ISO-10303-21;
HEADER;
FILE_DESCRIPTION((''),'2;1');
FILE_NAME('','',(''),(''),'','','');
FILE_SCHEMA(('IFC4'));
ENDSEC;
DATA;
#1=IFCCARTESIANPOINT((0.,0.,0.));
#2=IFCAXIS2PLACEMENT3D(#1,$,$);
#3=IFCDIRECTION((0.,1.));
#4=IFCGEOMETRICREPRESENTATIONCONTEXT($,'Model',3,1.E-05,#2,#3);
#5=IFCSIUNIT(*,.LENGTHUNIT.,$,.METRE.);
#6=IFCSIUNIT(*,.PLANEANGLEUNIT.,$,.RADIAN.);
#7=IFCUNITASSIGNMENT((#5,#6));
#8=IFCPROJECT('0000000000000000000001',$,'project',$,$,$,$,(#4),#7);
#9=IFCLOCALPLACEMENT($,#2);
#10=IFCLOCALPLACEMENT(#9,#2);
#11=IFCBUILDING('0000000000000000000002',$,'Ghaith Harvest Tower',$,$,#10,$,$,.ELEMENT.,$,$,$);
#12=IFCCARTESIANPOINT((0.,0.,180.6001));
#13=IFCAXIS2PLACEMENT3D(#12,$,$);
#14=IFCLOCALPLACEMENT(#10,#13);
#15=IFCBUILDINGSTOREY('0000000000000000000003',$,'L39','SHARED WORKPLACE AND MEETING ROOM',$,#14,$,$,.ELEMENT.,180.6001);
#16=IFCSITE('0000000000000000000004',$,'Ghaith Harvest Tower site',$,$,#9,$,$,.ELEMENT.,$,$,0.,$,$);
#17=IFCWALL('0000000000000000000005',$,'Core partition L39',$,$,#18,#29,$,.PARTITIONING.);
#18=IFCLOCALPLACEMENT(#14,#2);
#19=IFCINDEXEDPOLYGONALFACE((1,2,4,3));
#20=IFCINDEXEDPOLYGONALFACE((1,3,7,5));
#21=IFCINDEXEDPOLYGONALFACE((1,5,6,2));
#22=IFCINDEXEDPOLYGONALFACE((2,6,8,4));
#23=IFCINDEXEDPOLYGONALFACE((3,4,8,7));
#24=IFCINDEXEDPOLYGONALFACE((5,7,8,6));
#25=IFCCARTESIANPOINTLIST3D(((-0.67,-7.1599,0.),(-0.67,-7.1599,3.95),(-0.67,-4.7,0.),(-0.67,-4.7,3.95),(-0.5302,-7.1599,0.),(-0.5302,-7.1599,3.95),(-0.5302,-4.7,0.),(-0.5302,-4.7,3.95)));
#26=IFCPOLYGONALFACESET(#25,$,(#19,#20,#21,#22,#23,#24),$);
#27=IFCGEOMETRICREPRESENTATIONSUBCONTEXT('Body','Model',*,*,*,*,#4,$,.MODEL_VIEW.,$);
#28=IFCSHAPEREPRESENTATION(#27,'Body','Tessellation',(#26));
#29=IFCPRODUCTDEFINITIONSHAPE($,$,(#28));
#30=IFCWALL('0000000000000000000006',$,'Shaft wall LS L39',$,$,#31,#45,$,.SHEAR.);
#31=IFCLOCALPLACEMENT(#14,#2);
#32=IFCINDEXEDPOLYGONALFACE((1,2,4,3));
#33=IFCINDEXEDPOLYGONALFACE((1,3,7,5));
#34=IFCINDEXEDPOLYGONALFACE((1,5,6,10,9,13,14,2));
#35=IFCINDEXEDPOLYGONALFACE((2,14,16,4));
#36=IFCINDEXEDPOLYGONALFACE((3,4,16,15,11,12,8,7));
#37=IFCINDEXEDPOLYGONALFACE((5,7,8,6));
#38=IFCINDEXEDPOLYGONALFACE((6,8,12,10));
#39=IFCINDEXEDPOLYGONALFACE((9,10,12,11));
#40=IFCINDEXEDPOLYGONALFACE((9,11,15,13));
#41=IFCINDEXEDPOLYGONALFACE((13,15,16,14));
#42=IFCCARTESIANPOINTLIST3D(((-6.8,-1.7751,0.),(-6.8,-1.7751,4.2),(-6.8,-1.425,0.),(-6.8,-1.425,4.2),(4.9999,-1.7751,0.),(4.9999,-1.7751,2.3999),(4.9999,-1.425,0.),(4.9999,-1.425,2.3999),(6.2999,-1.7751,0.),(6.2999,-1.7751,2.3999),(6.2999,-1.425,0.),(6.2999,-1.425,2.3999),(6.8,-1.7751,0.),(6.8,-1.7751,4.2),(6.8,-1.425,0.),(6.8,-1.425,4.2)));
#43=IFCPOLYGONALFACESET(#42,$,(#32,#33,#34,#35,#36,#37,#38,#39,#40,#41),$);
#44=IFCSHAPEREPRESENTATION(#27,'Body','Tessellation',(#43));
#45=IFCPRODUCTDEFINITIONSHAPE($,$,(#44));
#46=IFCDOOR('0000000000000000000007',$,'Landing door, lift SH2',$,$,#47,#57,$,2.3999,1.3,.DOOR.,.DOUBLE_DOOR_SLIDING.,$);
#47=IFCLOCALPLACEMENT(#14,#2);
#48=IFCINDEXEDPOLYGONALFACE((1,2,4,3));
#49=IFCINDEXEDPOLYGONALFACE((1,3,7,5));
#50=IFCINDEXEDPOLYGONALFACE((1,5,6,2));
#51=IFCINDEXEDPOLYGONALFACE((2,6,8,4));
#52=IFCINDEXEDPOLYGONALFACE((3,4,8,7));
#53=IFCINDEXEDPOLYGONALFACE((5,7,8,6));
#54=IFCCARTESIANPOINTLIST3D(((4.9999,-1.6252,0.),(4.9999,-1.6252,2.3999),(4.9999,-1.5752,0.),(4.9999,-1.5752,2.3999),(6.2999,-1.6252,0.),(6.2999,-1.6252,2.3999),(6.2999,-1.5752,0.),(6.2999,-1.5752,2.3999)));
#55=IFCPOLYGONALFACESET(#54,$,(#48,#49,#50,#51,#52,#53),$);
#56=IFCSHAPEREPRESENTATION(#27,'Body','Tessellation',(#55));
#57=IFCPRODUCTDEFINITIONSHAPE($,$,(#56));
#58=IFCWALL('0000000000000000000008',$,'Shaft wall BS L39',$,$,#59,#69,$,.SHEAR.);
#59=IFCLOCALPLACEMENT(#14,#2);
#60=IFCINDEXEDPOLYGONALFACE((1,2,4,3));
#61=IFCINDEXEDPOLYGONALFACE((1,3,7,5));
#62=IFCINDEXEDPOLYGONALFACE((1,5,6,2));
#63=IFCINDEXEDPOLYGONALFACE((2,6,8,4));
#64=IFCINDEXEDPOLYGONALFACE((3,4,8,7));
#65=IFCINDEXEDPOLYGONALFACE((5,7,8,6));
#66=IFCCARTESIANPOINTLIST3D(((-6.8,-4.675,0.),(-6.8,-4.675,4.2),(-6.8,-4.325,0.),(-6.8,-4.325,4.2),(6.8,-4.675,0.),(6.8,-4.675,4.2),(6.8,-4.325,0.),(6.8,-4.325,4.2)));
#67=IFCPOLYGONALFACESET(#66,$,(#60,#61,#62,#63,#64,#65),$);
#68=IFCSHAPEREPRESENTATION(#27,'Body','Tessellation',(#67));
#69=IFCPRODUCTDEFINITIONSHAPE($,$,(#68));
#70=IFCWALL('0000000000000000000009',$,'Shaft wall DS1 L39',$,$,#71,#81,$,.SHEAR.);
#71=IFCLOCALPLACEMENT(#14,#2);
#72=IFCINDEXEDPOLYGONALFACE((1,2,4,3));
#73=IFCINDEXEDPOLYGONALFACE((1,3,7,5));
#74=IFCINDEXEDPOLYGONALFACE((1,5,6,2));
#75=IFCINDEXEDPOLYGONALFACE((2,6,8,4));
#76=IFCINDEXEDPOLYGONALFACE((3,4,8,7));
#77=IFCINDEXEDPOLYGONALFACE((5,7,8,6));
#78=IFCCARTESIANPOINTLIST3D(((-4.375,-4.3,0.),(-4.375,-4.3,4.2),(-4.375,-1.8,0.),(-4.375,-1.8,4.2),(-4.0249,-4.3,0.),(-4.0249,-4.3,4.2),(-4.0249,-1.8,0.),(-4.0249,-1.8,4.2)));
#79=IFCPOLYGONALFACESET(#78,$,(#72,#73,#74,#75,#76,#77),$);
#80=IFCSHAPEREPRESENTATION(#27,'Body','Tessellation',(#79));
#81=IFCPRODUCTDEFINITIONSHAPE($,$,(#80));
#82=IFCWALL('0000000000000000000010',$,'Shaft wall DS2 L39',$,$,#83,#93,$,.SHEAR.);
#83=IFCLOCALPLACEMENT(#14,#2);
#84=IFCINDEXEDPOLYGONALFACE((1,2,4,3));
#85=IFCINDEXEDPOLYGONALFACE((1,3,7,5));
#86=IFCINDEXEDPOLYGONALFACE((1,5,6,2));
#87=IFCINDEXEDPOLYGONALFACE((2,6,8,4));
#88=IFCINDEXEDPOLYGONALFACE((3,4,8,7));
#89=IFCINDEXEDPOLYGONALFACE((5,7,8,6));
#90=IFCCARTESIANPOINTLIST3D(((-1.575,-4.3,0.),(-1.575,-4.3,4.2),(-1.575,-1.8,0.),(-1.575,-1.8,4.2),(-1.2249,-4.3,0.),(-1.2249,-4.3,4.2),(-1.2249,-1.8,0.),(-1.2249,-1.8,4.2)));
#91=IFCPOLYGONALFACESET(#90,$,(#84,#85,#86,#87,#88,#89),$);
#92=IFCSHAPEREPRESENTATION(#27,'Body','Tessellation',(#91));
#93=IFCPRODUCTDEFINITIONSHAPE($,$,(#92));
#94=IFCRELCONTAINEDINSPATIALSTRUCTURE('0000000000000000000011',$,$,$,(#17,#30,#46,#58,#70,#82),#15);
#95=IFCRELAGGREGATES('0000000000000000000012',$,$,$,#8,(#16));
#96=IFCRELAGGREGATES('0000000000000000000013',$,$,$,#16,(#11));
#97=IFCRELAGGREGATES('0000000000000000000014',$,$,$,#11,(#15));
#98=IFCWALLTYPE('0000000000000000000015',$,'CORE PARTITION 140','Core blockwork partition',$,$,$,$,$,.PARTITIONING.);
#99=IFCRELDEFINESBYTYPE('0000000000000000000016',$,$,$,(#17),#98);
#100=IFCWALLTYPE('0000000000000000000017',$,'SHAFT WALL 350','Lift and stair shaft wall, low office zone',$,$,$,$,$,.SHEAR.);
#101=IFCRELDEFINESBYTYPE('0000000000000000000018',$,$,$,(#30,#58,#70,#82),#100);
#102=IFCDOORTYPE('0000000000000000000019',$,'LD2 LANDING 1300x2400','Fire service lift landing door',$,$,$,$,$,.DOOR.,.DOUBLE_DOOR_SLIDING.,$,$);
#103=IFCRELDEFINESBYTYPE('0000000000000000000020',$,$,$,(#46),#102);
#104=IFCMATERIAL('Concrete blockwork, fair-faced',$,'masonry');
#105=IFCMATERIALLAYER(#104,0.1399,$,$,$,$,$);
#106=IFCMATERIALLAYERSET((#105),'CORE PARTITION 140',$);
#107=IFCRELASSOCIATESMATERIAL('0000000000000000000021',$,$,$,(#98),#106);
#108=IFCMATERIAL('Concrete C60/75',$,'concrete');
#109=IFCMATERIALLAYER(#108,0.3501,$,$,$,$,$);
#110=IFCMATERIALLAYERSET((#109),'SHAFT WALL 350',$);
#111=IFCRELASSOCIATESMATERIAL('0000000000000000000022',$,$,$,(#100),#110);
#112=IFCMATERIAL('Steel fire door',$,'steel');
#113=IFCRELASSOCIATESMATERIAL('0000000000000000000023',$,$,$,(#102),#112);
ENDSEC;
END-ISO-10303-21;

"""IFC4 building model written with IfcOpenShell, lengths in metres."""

from ifc_helpers import new_model, si_unit, direction, frame, frame_2d, origin, place, context, subcontext, project, spatial, rectangle, extrude, material, layer, layer_set, type_object, element, fill, save


model = new_model("IFC4")

# Units and contexts
model_context = context("Model", 3, precision=1e-05, world=origin(), true_north=direction((0.0, 1.0)))
body_context = subcontext(model_context, "Body", "Model", "MODEL_VIEW")
ifc_project = project(units=[si_unit("LENGTHUNIT", "METRE"), si_unit("PLANEANGLEUNIT", "RADIAN")], contexts=[model_context])

# Site, building, storey
site_placement = place(None, origin())
site = spatial("IfcSite", under=ifc_project, at=site_placement, Name="Ghaith Harvest Tower site", CompositionType="ELEMENT", RefElevation=0.0)
building_placement = place(site_placement, origin())
building = spatial("IfcBuilding", under=site, at=building_placement, Name="Ghaith Harvest Tower", CompositionType="ELEMENT")
storey_placement = place(building_placement, frame((0.0, 0.0, 180.6001)))
storey = spatial("IfcBuildingStorey", under=building, at=storey_placement, Name="L39", Description="SHARED WORKPLACE AND MEETING ROOM", CompositionType="ELEMENT", Elevation=180.6001)

# Shared definitions
ifc_material_1 = material(Name="Concrete blockwork, fair-faced", Category="masonry")
ifc_layer_1 = layer(ifc_material_1, 0.1399)
ifc_layer_set_1 = layer_set([ifc_layer_1], Name="CORE PARTITION 140")
wall_type_1 = type_object("IfcWallType", Name="CORE PARTITION 140", Description="Core blockwork partition", PredefinedType="PARTITIONING", material=ifc_layer_set_1)

# Wall
for number, where, z_axis, x_axis, name in (
    (1, (-0.6001, -4.7, 0.0), (0.0, 0.0, 1.0), (0.0, -1.0, 0.0), "Core partition L39"),
):
    element("IfcWall", number, at=place(storey_placement, frame(where, z_axis=z_axis, x_axis=x_axis)), inside=storey, type_object=wall_type_1, Name=name, PredefinedType="PARTITIONING", context=body_context, shape_type="SweptSolid", body=[
        extrude(rectangle(XDim=2.46, YDim=0.1399, at=frame_2d((1.23, 0.0))), origin(), (0.0, 0.0, 1.0), 3.95),
    ])

# Wall, opening, door
ifc_material_2 = material(Name="Concrete C60/75", Category="concrete")
ifc_layer_2 = layer(ifc_material_2, 0.3501)
ifc_layer_set_2 = layer_set([ifc_layer_2], Name="SHAFT WALL 350")
wall_type_2 = type_object("IfcWallType", Name="SHAFT WALL 350", Description="Lift and stair shaft wall, low office zone", PredefinedType="SHEAR", material=ifc_layer_set_2)
wall_1_placement = place(storey_placement, frame((-6.8, -1.6001, 0.0), z_axis=(0.0, 0.0, 1.0), x_axis=(1.0, 0.0, 0.0)))
wall_1 = element("IfcWall", 2, at=wall_1_placement, inside=storey, type_object=wall_type_2, Name="Shaft wall LS L39", PredefinedType="SHEAR", context=body_context, shape_type="SweptSolid", body=[
    extrude(rectangle(XDim=13.6001, YDim=0.3501, at=frame_2d((6.8, 0.0))), origin(), (0.0, 0.0, 1.0), 4.2),
])
opening_1_placement = place(wall_1_placement, frame((11.8, 0.0, 0.0)))
opening_1 = element("IfcOpeningElement", 3, at=opening_1_placement, cuts=wall_1, PredefinedType="OPENING", context=body_context, shape_type="SweptSolid", body=[
    extrude(rectangle(XDim=1.3, YDim=2.3999, at=frame_2d((0.6499, 1.2))), frame((0.0, 0.1851, 0.0), z_axis=(0.0, -1.0, 0.0), x_axis=(1.0, 0.0, 0.0)), (0.0, 0.0, 1.0), 0.3701),
])
ifc_material_3 = material(Name="Steel fire door", Category="steel")
door_type_1 = type_object("IfcDoorType", Name="LD2 LANDING 1300x2400", Description="Fire service lift landing door", OperationType="DOUBLE_DOOR_SLIDING", PredefinedType="DOOR", material=ifc_material_3)
door_1_placement = place(opening_1_placement, origin())
door_1 = element("IfcDoor", 4, at=door_1_placement, inside=storey, type_object=door_type_1, Name="Landing door, lift SH2", OperationType="DOUBLE_DOOR_SLIDING", OverallHeight=2.3999, OverallWidth=1.3, PredefinedType="DOOR", context=body_context, shape_type="SweptSolid", body=[
    extrude(rectangle(XDim=1.3, YDim=2.3999, at=frame_2d((0.6499, 1.2))), frame((0.0, 0.0249, 0.0), z_axis=(0.0, -1.0, 0.0), x_axis=(1.0, 0.0, 0.0)), (0.0, 0.0, 1.0), 0.05),
])
fill(opening_1, door_1)

# Walls
wall_2_placement = place(storey_placement, frame((-6.8, -4.5, 0.0), z_axis=(0.0, 0.0, 1.0), x_axis=(1.0, 0.0, 0.0)))
element("IfcWall", 5, at=wall_2_placement, inside=storey, type_object=wall_type_2, Name="Shaft wall BS L39", PredefinedType="SHEAR", context=body_context, shape_type="SweptSolid", body=[
    extrude(rectangle(XDim=13.6001, YDim=0.3501, at=frame_2d((6.8, 0.0))), origin(), (0.0, 0.0, 1.0), 4.2),
])
for number, where, z_axis, x_axis, name in (
    (6, (-4.2, -4.3, 0.0), (0.0, 0.0, 1.0), (0.0, 1.0, 0.0), "Shaft wall DS1 L39"),
    (7, (-1.3999, -4.3, 0.0), (0.0, 0.0, 1.0), (0.0, 1.0, 0.0), "Shaft wall DS2 L39"),
):
    element("IfcWall", number, at=place(storey_placement, frame(where, z_axis=z_axis, x_axis=x_axis)), inside=storey, type_object=wall_type_2, Name=name, PredefinedType="SHEAR", context=body_context, shape_type="SweptSolid", body=[
        extrude(rectangle(XDim=2.5, YDim=0.3501, at=frame_2d((1.25, 0.0))), origin(), (0.0, 0.0, 1.0), 4.2),
    ])

save(model, "model.ifc")
